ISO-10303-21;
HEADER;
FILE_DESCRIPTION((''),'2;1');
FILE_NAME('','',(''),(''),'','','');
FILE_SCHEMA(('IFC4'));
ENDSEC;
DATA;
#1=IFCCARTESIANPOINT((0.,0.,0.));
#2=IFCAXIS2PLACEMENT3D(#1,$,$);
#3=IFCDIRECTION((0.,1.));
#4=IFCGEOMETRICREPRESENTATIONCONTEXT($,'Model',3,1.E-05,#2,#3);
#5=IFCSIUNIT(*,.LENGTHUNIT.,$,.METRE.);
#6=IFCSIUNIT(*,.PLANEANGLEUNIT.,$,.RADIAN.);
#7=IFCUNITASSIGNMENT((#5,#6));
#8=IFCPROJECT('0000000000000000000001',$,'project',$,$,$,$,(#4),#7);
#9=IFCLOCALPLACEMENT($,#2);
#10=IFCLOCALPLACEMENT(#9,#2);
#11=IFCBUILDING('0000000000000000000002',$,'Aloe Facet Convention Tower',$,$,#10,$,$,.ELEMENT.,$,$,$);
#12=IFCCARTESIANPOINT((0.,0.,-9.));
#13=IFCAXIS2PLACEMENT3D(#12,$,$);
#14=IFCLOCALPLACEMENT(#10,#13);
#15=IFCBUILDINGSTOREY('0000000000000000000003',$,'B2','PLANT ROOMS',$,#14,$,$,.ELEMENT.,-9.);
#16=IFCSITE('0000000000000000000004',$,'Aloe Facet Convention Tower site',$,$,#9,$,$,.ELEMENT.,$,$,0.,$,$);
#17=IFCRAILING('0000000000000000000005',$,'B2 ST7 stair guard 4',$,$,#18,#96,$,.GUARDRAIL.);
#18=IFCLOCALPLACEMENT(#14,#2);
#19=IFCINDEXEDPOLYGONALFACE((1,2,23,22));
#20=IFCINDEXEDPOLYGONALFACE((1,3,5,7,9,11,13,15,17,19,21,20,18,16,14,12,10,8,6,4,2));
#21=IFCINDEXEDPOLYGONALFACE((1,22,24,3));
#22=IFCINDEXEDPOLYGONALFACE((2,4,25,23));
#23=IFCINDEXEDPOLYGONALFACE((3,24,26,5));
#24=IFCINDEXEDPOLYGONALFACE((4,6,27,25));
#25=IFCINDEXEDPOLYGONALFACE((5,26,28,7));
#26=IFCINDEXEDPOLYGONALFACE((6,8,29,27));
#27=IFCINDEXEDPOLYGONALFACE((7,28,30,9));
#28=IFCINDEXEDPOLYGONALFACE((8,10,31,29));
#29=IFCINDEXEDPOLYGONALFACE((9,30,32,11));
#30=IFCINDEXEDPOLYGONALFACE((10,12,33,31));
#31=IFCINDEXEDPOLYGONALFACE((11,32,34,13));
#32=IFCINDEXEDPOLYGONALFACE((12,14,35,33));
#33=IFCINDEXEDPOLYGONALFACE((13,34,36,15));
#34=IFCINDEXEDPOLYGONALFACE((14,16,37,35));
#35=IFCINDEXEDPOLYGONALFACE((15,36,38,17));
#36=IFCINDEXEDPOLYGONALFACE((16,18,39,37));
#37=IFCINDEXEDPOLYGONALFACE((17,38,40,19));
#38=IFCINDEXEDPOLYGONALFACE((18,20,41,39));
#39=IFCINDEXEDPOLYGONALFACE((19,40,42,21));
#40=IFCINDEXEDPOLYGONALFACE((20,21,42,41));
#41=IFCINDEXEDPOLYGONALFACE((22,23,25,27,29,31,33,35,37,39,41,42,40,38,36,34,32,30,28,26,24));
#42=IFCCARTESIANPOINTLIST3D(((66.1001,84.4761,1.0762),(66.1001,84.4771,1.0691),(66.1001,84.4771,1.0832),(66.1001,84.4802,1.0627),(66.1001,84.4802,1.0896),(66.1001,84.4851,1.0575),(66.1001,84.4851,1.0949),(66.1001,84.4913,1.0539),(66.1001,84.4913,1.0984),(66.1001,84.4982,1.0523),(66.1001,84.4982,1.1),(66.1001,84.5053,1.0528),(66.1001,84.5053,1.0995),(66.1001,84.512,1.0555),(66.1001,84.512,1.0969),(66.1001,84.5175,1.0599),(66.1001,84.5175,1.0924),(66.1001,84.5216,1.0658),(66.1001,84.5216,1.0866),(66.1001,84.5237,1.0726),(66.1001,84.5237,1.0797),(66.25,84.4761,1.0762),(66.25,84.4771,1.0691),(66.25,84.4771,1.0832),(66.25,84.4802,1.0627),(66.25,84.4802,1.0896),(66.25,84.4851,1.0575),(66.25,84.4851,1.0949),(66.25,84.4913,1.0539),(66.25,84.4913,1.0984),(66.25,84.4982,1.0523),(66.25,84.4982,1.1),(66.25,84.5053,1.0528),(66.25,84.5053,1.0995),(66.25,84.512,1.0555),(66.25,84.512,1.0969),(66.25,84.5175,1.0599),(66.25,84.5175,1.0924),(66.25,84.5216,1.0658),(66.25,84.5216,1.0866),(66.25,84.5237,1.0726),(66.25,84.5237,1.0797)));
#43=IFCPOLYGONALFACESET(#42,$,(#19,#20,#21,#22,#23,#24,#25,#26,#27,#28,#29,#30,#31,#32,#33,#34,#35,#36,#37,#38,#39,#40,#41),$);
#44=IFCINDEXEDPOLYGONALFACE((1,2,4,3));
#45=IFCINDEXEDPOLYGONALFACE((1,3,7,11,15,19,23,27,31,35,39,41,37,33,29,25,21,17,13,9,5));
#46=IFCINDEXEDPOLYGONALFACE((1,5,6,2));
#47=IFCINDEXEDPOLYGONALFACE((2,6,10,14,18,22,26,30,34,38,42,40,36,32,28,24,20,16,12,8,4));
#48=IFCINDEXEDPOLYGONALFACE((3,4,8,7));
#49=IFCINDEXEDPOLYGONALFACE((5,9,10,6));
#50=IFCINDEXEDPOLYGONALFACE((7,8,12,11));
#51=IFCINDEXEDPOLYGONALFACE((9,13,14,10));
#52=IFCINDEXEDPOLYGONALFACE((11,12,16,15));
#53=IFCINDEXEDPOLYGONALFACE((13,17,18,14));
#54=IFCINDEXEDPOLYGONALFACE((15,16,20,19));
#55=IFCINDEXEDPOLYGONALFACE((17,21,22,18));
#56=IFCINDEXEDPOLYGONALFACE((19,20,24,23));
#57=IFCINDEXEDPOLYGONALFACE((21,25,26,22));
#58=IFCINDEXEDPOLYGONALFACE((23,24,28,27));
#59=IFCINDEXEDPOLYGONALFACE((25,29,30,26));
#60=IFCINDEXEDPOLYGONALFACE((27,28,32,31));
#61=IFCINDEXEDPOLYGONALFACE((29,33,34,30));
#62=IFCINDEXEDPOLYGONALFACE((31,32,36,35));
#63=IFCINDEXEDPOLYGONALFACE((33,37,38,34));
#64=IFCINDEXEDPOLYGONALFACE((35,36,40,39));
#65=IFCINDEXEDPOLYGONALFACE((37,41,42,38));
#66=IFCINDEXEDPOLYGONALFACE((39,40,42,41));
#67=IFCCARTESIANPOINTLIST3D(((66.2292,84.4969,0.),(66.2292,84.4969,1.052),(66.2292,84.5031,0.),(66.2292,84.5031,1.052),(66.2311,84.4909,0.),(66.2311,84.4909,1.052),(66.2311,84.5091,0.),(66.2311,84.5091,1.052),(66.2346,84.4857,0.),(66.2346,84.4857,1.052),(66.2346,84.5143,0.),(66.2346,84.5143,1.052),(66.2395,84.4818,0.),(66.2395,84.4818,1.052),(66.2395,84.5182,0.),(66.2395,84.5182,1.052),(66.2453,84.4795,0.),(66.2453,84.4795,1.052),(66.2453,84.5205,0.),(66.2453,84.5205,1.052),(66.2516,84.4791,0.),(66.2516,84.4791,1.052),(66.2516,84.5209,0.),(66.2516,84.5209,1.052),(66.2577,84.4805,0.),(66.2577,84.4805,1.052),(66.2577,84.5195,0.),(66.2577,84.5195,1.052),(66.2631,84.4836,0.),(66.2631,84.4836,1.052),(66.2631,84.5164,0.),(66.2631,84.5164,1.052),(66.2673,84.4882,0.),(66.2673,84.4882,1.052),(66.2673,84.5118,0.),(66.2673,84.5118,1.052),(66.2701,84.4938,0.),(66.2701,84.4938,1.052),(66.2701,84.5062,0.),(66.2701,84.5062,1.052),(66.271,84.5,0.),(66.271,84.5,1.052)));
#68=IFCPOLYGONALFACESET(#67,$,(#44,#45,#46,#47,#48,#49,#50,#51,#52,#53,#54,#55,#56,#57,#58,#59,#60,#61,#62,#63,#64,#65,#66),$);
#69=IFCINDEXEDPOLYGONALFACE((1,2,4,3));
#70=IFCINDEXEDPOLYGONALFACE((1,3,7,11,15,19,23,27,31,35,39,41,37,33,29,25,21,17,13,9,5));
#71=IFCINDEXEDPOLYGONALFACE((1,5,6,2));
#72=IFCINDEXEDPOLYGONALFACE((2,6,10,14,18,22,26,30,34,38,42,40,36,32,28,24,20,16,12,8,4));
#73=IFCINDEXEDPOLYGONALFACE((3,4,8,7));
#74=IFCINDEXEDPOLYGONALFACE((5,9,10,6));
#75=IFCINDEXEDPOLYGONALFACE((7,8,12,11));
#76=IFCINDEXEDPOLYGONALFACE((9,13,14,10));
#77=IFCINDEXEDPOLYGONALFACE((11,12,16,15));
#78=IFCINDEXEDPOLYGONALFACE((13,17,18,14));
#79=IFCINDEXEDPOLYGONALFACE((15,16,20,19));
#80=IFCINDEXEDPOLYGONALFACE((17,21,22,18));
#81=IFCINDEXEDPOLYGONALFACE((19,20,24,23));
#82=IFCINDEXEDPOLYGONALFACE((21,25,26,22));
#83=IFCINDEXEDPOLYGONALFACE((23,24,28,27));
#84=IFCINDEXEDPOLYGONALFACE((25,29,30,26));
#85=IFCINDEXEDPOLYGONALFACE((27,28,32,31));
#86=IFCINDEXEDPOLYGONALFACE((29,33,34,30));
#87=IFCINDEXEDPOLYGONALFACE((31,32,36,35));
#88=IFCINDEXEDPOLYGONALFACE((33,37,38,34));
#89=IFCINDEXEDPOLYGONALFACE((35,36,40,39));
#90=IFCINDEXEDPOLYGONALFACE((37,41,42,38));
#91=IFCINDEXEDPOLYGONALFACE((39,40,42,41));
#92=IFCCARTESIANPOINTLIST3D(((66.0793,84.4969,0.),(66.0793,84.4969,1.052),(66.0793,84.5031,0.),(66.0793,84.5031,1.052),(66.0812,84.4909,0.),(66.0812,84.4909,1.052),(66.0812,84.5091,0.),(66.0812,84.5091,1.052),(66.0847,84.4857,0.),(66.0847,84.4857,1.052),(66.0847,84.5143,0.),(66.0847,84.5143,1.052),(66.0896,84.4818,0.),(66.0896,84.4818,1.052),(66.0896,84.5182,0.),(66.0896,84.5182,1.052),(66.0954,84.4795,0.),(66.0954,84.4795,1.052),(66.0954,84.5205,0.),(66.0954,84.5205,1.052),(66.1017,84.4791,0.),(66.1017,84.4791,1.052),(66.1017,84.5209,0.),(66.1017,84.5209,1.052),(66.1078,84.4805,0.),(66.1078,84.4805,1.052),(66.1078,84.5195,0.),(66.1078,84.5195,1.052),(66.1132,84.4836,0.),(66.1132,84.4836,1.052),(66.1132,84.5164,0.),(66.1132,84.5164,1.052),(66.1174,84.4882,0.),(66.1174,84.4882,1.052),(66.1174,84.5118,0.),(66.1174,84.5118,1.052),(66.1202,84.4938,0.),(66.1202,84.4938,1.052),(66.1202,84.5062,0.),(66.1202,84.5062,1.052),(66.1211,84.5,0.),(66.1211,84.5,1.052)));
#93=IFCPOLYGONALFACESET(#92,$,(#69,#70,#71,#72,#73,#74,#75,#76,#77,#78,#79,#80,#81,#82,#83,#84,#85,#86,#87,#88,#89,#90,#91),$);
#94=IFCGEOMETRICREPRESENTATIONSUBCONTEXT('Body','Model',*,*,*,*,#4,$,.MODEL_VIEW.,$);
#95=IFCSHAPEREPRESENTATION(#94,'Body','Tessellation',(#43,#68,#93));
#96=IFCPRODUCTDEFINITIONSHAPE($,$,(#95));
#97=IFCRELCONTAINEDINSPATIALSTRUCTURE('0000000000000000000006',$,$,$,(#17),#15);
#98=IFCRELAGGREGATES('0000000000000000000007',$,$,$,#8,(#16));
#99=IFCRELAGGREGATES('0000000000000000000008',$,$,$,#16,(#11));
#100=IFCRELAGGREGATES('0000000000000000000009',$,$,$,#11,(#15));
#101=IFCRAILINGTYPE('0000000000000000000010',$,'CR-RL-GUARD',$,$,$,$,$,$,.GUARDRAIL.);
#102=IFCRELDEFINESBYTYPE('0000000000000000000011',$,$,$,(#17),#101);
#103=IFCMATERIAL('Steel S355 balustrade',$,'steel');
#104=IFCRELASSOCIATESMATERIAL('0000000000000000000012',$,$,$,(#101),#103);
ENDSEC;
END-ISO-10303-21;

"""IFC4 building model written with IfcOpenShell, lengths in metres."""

from ifc_helpers import new_model, si_unit, direction, frame, origin, origin_2d, place, context, subcontext, project, spatial, circle, extrude, material, type_object, element, save


model = new_model("IFC4")

# Units and contexts
model_context = context("Model", 3, precision=1e-05, world=origin(), true_north=direction((0.0, 1.0)))
body_context = subcontext(model_context, "Body", "Model", "MODEL_VIEW")
ifc_project = project(units=[si_unit("LENGTHUNIT", "METRE"), si_unit("PLANEANGLEUNIT", "RADIAN")], contexts=[model_context])

# Site, building, storey
site_placement = place(None, origin())
site = spatial("IfcSite", under=ifc_project, at=site_placement, Name="Aloe Facet Convention Tower site", CompositionType="ELEMENT", RefElevation=0.0)
building_placement = place(site_placement, origin())
building = spatial("IfcBuilding", under=site, at=building_placement, Name="Aloe Facet Convention Tower", CompositionType="ELEMENT")
storey_placement = place(building_placement, frame((0.0, 0.0, -9.0)))
storey = spatial("IfcBuildingStorey", under=building, at=storey_placement, Name="B2", Description="PLANT ROOMS", CompositionType="ELEMENT", Elevation=-9.0)

# Railing
ifc_material_1 = material(Name="Steel S355 balustrade", Category="steel")
railing_type_1 = type_object("IfcRailingType", Name="CR-RL-GUARD", PredefinedType="GUARDRAIL", material=ifc_material_1)
railing_1_placement = place(storey_placement, frame((66.25, 84.5, 0.0)))
element("IfcRailing", 1, at=railing_1_placement, inside=storey, type_object=railing_type_1, Name="B2 ST7 stair guard 4", PredefinedType="GUARDRAIL", context=body_context, shape_type="SweptSolid", body=[
    extrude(circle(Radius=0.0239, at=origin_2d()), frame((0.0, 0.0, 1.0762), z_axis=(-1.0, 0.0, 0.0), x_axis=(0.0, -1.0, 0.0)), (0.0, 0.0, 1.0), 0.1499),
    extrude(circle(Radius=0.021, at=origin_2d()), origin(), (0.0, 0.0, 1.0), 1.052),
    extrude(circle(Radius=0.021, at=origin_2d()), frame((-0.1499, 0.0, 0.0)), (0.0, 0.0, 1.0), 1.052),
])

save(model, "model.ifc")
